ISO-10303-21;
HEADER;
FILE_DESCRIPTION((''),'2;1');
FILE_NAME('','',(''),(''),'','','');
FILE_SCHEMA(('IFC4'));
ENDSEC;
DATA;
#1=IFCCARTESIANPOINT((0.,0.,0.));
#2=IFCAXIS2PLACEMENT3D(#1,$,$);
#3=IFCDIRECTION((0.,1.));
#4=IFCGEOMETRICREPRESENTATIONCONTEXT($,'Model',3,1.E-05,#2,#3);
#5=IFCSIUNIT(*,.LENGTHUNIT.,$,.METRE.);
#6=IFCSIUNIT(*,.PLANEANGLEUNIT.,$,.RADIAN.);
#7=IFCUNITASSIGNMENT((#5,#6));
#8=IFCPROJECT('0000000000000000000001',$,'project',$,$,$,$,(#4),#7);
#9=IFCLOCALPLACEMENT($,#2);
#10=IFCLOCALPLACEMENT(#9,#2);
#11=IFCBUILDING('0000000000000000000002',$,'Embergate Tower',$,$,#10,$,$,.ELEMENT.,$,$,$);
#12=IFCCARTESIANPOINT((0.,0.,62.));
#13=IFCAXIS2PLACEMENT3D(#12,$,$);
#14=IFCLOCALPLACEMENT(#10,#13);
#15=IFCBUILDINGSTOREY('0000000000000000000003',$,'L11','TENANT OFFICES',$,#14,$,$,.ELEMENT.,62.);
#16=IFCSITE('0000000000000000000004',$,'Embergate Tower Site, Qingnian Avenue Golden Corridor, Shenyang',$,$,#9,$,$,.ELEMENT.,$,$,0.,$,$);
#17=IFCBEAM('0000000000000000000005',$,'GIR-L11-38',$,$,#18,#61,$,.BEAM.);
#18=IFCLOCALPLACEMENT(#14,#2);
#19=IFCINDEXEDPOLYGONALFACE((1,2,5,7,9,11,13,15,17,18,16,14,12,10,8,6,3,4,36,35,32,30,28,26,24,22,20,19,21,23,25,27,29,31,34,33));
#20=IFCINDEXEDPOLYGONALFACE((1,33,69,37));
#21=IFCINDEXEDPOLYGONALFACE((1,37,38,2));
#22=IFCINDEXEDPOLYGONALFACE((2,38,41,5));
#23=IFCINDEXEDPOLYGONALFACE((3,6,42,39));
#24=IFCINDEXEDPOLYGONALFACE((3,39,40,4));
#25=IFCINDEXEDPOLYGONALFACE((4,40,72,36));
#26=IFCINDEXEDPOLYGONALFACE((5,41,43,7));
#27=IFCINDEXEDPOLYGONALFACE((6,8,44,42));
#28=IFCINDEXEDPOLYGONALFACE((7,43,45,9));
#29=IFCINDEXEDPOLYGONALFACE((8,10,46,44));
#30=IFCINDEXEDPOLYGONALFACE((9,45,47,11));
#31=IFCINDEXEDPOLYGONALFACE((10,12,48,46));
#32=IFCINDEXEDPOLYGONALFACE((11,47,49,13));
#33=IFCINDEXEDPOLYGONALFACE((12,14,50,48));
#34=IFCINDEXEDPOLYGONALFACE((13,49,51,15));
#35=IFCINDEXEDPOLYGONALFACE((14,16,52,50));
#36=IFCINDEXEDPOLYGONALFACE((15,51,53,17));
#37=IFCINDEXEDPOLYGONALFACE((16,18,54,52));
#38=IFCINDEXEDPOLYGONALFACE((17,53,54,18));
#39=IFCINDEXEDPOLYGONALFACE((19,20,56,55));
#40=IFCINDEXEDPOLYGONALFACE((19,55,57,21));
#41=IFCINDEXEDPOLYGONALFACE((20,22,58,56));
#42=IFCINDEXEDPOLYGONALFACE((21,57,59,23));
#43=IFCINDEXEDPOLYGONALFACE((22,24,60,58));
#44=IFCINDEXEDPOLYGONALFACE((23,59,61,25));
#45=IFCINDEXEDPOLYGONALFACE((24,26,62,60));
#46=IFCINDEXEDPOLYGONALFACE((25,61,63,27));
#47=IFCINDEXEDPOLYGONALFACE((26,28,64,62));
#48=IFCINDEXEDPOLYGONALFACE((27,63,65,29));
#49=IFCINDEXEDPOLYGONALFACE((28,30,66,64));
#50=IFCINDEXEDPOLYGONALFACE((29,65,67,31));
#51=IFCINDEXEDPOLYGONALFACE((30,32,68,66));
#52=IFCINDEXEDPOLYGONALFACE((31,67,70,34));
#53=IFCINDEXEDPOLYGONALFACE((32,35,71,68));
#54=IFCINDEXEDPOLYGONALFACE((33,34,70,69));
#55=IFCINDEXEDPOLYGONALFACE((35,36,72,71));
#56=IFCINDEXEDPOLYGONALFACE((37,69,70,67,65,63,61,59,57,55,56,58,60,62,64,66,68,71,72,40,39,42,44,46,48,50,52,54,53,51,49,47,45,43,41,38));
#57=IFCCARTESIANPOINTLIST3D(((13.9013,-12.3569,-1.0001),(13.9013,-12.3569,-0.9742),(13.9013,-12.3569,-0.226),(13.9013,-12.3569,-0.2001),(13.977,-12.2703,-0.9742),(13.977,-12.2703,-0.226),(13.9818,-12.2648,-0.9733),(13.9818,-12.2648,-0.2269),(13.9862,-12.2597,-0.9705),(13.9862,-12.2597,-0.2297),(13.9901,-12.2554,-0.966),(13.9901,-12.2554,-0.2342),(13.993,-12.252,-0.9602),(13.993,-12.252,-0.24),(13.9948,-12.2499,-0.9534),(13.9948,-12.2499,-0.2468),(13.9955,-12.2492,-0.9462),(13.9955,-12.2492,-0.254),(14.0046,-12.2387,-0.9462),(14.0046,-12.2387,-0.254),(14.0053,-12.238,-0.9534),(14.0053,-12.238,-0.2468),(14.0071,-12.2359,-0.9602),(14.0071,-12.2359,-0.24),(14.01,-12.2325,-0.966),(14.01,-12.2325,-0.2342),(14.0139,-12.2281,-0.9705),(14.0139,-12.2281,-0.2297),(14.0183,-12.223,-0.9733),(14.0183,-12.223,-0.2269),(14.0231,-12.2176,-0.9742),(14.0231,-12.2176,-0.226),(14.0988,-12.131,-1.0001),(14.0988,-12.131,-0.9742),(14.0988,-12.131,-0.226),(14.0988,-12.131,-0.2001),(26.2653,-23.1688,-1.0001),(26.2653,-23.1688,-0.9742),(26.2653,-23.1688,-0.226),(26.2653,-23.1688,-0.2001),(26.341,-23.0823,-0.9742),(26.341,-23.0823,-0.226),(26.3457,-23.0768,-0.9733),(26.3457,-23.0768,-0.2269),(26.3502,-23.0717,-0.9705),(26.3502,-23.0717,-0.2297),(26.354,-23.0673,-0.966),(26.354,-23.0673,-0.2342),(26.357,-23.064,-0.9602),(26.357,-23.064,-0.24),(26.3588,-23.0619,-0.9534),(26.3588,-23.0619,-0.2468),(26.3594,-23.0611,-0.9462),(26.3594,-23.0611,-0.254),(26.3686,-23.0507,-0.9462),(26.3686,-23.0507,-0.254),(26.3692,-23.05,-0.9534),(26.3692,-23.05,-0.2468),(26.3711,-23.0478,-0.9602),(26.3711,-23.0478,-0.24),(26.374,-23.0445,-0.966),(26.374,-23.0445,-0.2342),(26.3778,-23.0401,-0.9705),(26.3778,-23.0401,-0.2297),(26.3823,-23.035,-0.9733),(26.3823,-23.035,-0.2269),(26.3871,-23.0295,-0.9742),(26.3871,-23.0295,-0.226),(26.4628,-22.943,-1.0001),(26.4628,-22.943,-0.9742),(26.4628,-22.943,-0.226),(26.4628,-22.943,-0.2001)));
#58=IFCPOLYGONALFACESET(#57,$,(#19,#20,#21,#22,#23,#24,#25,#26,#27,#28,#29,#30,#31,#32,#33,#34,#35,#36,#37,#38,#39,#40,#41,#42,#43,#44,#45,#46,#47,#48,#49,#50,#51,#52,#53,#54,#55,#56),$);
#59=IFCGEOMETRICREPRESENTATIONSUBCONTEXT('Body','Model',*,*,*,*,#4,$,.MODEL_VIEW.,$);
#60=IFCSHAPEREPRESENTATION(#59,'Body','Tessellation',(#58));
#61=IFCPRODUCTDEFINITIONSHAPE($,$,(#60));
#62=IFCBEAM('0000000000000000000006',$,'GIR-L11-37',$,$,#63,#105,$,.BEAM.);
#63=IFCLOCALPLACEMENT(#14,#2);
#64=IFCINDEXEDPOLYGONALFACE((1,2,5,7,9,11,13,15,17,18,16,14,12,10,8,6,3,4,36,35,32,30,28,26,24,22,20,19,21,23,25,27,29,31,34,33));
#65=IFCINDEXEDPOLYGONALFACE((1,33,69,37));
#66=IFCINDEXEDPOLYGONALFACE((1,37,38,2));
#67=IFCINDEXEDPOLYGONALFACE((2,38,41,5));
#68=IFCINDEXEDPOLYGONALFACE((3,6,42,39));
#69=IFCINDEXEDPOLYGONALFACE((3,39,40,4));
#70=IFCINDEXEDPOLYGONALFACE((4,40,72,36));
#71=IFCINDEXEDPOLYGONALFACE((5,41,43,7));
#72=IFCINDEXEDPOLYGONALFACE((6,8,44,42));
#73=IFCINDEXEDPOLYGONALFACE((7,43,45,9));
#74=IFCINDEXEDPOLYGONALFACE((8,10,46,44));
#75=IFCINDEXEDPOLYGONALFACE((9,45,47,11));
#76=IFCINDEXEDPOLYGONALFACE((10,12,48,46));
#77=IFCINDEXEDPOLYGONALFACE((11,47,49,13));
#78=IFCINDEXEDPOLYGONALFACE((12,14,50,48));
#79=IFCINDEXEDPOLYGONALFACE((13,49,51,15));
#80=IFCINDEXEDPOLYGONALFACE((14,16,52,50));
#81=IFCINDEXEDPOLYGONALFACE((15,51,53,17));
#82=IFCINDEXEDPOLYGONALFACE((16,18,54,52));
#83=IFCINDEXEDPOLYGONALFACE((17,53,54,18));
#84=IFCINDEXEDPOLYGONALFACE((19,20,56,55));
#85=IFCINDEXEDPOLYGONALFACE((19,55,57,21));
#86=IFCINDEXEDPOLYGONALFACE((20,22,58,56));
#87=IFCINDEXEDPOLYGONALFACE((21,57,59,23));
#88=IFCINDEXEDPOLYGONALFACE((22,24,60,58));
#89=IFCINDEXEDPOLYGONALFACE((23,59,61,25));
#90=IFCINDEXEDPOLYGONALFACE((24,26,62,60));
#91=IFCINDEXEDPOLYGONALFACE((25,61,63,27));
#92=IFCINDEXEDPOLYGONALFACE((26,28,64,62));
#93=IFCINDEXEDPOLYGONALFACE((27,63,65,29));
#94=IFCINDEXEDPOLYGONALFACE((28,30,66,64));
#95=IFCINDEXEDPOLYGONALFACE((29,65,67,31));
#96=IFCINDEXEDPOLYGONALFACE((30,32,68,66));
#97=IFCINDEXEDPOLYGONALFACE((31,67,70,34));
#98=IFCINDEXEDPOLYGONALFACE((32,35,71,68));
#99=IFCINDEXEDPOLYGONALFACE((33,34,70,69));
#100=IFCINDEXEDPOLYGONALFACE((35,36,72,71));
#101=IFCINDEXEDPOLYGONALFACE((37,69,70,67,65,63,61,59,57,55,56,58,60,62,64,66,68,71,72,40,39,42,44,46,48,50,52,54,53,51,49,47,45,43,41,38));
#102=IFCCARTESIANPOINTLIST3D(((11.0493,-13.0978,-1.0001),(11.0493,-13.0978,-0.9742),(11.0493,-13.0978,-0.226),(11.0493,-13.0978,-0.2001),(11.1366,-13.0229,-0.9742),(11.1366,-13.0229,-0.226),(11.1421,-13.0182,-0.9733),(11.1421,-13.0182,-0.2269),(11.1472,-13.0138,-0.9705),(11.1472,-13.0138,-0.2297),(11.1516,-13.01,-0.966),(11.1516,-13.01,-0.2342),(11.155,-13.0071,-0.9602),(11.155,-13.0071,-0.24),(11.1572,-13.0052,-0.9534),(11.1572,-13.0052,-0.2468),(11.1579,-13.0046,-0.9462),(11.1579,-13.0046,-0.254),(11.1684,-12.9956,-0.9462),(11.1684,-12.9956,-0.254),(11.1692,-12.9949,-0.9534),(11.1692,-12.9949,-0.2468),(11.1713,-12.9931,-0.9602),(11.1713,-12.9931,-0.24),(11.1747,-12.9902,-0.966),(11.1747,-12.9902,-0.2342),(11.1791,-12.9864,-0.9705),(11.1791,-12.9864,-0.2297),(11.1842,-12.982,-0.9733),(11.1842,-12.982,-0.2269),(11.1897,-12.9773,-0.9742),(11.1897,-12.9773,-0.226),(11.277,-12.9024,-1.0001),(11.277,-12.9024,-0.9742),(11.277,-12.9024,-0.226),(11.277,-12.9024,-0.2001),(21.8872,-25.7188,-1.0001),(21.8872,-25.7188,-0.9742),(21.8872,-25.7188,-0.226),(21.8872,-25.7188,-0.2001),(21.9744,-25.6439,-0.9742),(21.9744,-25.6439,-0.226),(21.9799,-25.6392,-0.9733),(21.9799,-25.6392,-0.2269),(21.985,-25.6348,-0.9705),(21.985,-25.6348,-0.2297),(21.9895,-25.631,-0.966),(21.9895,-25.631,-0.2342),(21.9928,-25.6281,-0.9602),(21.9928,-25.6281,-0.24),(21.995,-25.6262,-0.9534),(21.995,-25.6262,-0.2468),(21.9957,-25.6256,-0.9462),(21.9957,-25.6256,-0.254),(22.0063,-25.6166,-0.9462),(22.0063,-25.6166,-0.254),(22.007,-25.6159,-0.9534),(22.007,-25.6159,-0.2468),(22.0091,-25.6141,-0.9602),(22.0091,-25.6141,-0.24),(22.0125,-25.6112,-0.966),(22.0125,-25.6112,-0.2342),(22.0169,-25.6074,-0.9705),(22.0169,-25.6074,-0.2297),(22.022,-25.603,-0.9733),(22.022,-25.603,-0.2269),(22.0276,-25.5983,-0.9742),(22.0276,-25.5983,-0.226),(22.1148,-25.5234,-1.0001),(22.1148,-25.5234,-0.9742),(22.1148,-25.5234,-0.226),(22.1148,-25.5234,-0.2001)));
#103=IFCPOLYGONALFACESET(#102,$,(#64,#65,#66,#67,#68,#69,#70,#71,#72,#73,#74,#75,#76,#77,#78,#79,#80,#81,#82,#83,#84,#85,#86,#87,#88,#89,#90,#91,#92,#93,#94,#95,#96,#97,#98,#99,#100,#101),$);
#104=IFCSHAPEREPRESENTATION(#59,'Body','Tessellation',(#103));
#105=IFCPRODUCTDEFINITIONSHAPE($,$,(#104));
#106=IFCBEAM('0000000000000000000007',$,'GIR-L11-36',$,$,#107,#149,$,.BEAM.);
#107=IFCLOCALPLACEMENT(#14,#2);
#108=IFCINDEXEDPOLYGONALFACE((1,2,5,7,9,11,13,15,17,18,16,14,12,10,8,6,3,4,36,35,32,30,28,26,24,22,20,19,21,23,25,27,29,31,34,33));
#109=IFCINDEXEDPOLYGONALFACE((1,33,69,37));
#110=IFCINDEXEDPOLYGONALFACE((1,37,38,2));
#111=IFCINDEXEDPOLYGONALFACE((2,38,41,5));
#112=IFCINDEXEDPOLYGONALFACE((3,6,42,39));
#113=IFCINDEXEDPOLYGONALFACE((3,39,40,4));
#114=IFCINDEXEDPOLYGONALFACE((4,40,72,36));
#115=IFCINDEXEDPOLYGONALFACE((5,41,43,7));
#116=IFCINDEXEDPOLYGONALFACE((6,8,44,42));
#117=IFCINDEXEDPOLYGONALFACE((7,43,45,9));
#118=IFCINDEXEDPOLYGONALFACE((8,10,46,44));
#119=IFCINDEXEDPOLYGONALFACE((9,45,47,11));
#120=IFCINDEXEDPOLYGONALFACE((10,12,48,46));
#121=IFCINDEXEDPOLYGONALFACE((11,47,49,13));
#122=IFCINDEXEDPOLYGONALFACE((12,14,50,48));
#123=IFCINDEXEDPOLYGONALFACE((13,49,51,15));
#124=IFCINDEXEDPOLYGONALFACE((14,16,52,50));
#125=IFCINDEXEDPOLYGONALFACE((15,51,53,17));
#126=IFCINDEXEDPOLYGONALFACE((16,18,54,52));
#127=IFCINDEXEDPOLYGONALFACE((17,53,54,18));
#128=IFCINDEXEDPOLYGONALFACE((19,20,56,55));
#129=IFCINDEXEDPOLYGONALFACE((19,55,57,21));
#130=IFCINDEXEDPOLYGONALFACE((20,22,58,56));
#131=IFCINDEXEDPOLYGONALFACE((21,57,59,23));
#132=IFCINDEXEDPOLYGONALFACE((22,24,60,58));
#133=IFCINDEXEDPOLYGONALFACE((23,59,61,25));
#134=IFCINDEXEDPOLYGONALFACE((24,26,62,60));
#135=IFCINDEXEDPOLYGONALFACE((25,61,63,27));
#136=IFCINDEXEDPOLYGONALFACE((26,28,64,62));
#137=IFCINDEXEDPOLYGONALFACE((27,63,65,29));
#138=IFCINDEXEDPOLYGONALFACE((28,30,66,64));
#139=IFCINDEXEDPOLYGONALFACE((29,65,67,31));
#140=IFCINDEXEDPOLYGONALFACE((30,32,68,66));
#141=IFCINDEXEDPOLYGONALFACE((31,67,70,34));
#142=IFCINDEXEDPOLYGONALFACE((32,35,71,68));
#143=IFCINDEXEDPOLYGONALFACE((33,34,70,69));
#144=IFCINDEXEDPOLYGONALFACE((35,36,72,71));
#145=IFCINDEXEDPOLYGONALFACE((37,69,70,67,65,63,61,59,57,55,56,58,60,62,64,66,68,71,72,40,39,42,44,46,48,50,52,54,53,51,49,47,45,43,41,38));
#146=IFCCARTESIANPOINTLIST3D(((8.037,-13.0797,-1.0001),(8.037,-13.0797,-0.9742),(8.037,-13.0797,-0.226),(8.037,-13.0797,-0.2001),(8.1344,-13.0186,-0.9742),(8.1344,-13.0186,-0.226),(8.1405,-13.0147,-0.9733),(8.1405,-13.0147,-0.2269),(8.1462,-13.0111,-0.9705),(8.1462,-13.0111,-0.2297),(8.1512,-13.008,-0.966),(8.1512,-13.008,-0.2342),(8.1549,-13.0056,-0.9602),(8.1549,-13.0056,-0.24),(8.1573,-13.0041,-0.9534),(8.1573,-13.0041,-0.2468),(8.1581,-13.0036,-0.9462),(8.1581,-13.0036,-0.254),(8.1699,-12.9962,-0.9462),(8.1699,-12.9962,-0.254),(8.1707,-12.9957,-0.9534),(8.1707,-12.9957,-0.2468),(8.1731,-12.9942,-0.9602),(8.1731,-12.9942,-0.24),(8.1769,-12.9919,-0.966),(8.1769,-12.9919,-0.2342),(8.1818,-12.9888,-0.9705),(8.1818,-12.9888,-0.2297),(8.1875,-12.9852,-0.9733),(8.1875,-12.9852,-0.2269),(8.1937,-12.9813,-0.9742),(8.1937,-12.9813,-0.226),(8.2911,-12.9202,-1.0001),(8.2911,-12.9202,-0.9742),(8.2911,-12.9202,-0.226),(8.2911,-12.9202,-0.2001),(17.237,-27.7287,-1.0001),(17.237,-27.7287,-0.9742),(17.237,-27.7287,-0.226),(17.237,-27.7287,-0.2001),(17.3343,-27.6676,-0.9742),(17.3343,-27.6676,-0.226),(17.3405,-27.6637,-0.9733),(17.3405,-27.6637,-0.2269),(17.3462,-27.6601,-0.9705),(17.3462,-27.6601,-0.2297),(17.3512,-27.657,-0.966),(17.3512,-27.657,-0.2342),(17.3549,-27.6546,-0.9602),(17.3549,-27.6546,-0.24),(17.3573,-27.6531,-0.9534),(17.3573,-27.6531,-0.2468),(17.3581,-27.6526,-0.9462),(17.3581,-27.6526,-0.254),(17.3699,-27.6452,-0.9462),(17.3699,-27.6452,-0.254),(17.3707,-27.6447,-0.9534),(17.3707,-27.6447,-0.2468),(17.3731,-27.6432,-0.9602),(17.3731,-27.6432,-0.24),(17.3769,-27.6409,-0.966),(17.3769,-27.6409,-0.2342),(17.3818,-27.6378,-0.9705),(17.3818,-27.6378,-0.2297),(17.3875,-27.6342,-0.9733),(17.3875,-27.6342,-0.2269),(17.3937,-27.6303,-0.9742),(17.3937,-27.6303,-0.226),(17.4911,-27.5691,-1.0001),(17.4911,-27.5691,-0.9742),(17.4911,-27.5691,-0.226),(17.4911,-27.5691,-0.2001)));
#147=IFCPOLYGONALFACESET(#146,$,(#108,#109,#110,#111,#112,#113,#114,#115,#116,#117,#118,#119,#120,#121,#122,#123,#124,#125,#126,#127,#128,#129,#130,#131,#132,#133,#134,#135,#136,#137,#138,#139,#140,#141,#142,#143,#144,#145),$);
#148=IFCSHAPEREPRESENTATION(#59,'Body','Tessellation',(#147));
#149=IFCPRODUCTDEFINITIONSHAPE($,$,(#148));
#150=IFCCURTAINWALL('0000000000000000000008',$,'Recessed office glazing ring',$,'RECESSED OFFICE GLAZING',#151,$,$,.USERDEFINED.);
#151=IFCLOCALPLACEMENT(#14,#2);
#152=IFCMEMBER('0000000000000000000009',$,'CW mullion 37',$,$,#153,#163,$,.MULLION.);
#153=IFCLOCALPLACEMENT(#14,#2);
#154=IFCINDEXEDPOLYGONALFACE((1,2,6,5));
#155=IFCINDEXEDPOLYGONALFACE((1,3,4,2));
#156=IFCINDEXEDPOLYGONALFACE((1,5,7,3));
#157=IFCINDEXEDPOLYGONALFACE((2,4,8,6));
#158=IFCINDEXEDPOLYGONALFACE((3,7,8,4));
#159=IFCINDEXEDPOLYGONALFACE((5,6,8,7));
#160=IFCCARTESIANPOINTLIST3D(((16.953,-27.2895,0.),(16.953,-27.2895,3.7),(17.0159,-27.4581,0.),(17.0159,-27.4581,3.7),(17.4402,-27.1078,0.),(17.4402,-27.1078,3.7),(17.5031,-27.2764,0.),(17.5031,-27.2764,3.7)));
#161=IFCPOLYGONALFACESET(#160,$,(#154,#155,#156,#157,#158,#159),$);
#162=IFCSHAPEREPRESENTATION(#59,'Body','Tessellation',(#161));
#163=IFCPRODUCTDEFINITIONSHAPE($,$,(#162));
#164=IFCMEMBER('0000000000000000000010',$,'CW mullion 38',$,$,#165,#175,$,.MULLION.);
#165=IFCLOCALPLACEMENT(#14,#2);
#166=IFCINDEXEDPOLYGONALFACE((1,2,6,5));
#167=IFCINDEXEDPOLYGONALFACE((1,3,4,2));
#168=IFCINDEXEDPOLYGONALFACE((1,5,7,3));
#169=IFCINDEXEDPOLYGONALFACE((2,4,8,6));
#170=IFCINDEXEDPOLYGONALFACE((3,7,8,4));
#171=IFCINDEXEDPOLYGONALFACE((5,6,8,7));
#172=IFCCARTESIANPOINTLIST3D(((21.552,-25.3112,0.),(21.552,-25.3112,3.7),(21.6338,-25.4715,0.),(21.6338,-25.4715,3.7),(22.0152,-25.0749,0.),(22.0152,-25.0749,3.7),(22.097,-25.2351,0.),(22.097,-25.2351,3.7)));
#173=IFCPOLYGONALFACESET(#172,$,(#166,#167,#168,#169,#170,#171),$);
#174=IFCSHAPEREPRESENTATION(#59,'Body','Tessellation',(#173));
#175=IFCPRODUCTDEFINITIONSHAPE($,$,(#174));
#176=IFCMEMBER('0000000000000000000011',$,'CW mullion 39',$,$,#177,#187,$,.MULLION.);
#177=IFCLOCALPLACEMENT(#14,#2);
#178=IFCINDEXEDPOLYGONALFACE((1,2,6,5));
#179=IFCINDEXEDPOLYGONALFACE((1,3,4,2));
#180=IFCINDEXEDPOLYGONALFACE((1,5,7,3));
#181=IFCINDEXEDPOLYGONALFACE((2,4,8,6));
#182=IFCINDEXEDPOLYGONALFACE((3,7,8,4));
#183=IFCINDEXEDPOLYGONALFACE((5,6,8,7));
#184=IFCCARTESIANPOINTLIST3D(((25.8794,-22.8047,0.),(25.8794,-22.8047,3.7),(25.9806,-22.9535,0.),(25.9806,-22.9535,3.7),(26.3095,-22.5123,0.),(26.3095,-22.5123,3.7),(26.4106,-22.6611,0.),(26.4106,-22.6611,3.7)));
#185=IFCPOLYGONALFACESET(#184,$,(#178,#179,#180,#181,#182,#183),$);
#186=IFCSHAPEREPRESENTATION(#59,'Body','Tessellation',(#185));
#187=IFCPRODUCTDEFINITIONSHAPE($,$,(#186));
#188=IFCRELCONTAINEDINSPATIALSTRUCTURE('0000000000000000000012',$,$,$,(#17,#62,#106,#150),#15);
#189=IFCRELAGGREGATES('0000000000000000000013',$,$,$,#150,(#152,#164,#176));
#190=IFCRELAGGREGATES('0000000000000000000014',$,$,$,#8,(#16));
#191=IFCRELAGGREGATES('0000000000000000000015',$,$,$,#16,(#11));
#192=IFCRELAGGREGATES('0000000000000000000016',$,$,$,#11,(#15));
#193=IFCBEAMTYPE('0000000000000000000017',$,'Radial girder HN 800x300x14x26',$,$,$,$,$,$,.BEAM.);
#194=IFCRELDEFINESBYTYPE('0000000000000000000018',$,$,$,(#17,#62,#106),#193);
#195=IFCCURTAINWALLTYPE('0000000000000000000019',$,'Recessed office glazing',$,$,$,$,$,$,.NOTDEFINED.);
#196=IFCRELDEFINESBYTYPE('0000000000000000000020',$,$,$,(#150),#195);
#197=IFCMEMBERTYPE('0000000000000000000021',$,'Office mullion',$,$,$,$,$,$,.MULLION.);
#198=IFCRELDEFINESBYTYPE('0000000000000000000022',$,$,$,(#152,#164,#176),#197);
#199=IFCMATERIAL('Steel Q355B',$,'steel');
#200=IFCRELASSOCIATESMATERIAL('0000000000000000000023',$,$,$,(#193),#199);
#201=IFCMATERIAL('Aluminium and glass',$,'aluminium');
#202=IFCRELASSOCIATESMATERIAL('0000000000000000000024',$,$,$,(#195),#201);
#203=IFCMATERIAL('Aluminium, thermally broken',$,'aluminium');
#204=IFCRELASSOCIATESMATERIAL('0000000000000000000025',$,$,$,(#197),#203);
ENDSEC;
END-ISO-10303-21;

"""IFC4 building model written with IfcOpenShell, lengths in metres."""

from ifc_helpers import new_model, si_unit, direction, frame, origin, origin_2d, place, context, subcontext, project, spatial, rectangle, i_section, extrude, source, transform, mapped, material, material_profile, profile_set, type_object, element, aggregate, save


model = new_model("IFC4")

# Units and contexts
model_context = context("Model", 3, precision=1e-05, world=origin(), true_north=direction((0.0, 1.0)))
body_context = subcontext(model_context, "Body", "Model", "MODEL_VIEW")
ifc_project = project(units=[si_unit("LENGTHUNIT", "METRE"), si_unit("PLANEANGLEUNIT", "RADIAN")], contexts=[model_context])

# Site, building, storey
site_placement = place(None, origin())
site = spatial("IfcSite", under=ifc_project, at=site_placement, Name="Embergate Tower Site, Qingnian Avenue Golden Corridor, Shenyang", CompositionType="ELEMENT", RefElevation=0.0)
building_placement = place(site_placement, origin())
building = spatial("IfcBuilding", under=site, at=building_placement, Name="Embergate Tower", CompositionType="ELEMENT")
storey_placement = place(building_placement, frame((0.0, 0.0, 62.0)))
storey = spatial("IfcBuildingStorey", under=building, at=storey_placement, Name="L11", Description="TENANT OFFICES", CompositionType="ELEMENT", Elevation=62.0)

# Beams
ifc_material_1 = material(Name="Steel Q355B", Category="steel")
ifc_material_profile_1 = material_profile(ifc_material_1, i_section(OverallWidth=0.3, OverallDepth=0.8, WebThickness=0.0139, FlangeThickness=0.0259, FilletRadius=0.0281, at=origin_2d()), Name="HN 800x300x14x26")
ifc_profile_set_1 = profile_set([ifc_material_profile_1], Name="Steel Q355 grade B")
beam_type_1 = type_object("IfcBeamType", Name="Radial girder HN 800x300x14x26", PredefinedType="BEAM", material=ifc_profile_set_1)
shared_shape_1 = source(origin(), body_context, "Body", "SweptSolid", [
    extrude(i_section(OverallWidth=0.3, OverallDepth=0.8, WebThickness=0.0139, FlangeThickness=0.0259, FilletRadius=0.0281, at=origin_2d()), origin(), (0.0, 0.0, 1.0), 16.4246),
])
beam_1_placement = place(storey_placement, frame((26.364, -23.0559, -0.6001), z_axis=(-0.752773, 0.65828, 0.0), x_axis=(-0.65828, -0.752773, 0.0)))
element("IfcBeam", 1, at=beam_1_placement, inside=storey, type_object=beam_type_1, Name="GIR-L11-38", PredefinedType="BEAM", context=body_context, shape_type="MappedRepresentation", body=[
    mapped(shared_shape_1, transform((0.0, 0.0, 0.0))),
])
shared_shape_2 = source(origin(), body_context, "Body", "SweptSolid", [
    extrude(i_section(OverallWidth=0.3, OverallDepth=0.8, WebThickness=0.0139, FlangeThickness=0.0259, FilletRadius=0.0281, at=origin_2d()), origin(), (0.0, 0.0, 1.0), 16.6357),
])
beam_2_placement = place(storey_placement, frame((22.001, -25.6211, -0.6001), z_axis=(-0.651478, 0.758668, 0.0), x_axis=(-0.758668, -0.651478, 0.0)))
element("IfcBeam", 2, at=beam_2_placement, inside=storey, type_object=beam_type_1, Name="GIR-L11-37", PredefinedType="BEAM", context=body_context, shape_type="MappedRepresentation", body=[
    mapped(shared_shape_2, transform((0.0, 0.0, 0.0))),
])
shared_shape_3 = source(origin(), body_context, "Body", "SweptSolid", [
    extrude(i_section(OverallWidth=0.3, OverallDepth=0.8, WebThickness=0.0139, FlangeThickness=0.0259, FilletRadius=0.0281, at=origin_2d()), origin(), (0.0, 0.0, 1.0), 17.2983),
])
beam_3_placement = place(storey_placement, frame((17.364, -27.6489, -0.6001), z_axis=(-0.531842, 0.846843, 0.0), x_axis=(-0.846843, -0.531842, 0.0)))
element("IfcBeam", 3, at=beam_3_placement, inside=storey, type_object=beam_type_1, Name="GIR-L11-36", PredefinedType="BEAM", context=body_context, shape_type="MappedRepresentation", body=[
    mapped(shared_shape_3, transform((0.0, 0.0, 0.0))),
])

# Curtain wall, members
ifc_material_2 = material(Name="Aluminium and glass", Category="aluminium")
curtain_wall_type = type_object("IfcCurtainWallType", Name="Recessed office glazing", PredefinedType="NOTDEFINED", material=ifc_material_2)
curtain_wall_placement = place(storey_placement, origin())
curtain_wall = element("IfcCurtainWall", 4, at=curtain_wall_placement, inside=storey, type_object=curtain_wall_type, Name="Recessed office glazing ring", ObjectType="RECESSED OFFICE GLAZING", PredefinedType="USERDEFINED")
ifc_material_3 = material(Name="Aluminium, thermally broken", Category="aluminium")
ifc_material_profile_2 = material_profile(ifc_material_3, rectangle(XDim=0.1799, YDim=0.52, at=origin_2d()), Name="AL 520x180")
ifc_profile_set_2 = profile_set([ifc_material_profile_2], Name="Aluminium, thermally broken")
member_type_1 = type_object("IfcMemberType", Name="Office mullion", PredefinedType="MULLION", material=ifc_profile_set_2)
shared_shape_4 = source(origin(), body_context, "Body", "SweptSolid", [
    extrude(rectangle(XDim=0.1799, YDim=0.52, at=origin_2d()), origin(), (0.0, 0.0, 1.0), 3.7),
])
member_1_placement = place(storey_placement, frame((17.228, -27.283, 0.0), z_axis=(0.0, 0.0, 1.0), x_axis=(-0.349511, 0.936932, 0.0)))
member_1 = element("IfcMember", 5, at=member_1_placement, type_object=member_type_1, Name="CW mullion 37", PredefinedType="MULLION", context=body_context, shape_type="MappedRepresentation", body=[
    mapped(shared_shape_4, transform((0.0, 0.0, 0.0))),
])
member_2_placement = place(storey_placement, frame((21.8245, -25.2732, 0.0), z_axis=(0.0, 0.0, 1.0), x_axis=(-0.454521, 0.890736, 0.0)))
member_2 = element("IfcMember", 6, at=member_2_placement, type_object=member_type_1, Name="CW mullion 38", PredefinedType="MULLION", context=body_context, shape_type="MappedRepresentation", body=[
    mapped(shared_shape_4, transform((0.0, 0.0, 0.0))),
])
member_3_placement = place(storey_placement, frame((26.145, -22.7329, 0.0), z_axis=(0.0, 0.0, 1.0), x_axis=(-0.562229, 0.826981, 0.0)))
member_3 = element("IfcMember", 7, at=member_3_placement, type_object=member_type_1, Name="CW mullion 39", PredefinedType="MULLION", context=body_context, shape_type="MappedRepresentation", body=[
    mapped(shared_shape_4, transform((0.0, 0.0, 0.0))),
])
aggregate(curtain_wall, [member_1, member_2, member_3])

save(model, "model.ifc")
